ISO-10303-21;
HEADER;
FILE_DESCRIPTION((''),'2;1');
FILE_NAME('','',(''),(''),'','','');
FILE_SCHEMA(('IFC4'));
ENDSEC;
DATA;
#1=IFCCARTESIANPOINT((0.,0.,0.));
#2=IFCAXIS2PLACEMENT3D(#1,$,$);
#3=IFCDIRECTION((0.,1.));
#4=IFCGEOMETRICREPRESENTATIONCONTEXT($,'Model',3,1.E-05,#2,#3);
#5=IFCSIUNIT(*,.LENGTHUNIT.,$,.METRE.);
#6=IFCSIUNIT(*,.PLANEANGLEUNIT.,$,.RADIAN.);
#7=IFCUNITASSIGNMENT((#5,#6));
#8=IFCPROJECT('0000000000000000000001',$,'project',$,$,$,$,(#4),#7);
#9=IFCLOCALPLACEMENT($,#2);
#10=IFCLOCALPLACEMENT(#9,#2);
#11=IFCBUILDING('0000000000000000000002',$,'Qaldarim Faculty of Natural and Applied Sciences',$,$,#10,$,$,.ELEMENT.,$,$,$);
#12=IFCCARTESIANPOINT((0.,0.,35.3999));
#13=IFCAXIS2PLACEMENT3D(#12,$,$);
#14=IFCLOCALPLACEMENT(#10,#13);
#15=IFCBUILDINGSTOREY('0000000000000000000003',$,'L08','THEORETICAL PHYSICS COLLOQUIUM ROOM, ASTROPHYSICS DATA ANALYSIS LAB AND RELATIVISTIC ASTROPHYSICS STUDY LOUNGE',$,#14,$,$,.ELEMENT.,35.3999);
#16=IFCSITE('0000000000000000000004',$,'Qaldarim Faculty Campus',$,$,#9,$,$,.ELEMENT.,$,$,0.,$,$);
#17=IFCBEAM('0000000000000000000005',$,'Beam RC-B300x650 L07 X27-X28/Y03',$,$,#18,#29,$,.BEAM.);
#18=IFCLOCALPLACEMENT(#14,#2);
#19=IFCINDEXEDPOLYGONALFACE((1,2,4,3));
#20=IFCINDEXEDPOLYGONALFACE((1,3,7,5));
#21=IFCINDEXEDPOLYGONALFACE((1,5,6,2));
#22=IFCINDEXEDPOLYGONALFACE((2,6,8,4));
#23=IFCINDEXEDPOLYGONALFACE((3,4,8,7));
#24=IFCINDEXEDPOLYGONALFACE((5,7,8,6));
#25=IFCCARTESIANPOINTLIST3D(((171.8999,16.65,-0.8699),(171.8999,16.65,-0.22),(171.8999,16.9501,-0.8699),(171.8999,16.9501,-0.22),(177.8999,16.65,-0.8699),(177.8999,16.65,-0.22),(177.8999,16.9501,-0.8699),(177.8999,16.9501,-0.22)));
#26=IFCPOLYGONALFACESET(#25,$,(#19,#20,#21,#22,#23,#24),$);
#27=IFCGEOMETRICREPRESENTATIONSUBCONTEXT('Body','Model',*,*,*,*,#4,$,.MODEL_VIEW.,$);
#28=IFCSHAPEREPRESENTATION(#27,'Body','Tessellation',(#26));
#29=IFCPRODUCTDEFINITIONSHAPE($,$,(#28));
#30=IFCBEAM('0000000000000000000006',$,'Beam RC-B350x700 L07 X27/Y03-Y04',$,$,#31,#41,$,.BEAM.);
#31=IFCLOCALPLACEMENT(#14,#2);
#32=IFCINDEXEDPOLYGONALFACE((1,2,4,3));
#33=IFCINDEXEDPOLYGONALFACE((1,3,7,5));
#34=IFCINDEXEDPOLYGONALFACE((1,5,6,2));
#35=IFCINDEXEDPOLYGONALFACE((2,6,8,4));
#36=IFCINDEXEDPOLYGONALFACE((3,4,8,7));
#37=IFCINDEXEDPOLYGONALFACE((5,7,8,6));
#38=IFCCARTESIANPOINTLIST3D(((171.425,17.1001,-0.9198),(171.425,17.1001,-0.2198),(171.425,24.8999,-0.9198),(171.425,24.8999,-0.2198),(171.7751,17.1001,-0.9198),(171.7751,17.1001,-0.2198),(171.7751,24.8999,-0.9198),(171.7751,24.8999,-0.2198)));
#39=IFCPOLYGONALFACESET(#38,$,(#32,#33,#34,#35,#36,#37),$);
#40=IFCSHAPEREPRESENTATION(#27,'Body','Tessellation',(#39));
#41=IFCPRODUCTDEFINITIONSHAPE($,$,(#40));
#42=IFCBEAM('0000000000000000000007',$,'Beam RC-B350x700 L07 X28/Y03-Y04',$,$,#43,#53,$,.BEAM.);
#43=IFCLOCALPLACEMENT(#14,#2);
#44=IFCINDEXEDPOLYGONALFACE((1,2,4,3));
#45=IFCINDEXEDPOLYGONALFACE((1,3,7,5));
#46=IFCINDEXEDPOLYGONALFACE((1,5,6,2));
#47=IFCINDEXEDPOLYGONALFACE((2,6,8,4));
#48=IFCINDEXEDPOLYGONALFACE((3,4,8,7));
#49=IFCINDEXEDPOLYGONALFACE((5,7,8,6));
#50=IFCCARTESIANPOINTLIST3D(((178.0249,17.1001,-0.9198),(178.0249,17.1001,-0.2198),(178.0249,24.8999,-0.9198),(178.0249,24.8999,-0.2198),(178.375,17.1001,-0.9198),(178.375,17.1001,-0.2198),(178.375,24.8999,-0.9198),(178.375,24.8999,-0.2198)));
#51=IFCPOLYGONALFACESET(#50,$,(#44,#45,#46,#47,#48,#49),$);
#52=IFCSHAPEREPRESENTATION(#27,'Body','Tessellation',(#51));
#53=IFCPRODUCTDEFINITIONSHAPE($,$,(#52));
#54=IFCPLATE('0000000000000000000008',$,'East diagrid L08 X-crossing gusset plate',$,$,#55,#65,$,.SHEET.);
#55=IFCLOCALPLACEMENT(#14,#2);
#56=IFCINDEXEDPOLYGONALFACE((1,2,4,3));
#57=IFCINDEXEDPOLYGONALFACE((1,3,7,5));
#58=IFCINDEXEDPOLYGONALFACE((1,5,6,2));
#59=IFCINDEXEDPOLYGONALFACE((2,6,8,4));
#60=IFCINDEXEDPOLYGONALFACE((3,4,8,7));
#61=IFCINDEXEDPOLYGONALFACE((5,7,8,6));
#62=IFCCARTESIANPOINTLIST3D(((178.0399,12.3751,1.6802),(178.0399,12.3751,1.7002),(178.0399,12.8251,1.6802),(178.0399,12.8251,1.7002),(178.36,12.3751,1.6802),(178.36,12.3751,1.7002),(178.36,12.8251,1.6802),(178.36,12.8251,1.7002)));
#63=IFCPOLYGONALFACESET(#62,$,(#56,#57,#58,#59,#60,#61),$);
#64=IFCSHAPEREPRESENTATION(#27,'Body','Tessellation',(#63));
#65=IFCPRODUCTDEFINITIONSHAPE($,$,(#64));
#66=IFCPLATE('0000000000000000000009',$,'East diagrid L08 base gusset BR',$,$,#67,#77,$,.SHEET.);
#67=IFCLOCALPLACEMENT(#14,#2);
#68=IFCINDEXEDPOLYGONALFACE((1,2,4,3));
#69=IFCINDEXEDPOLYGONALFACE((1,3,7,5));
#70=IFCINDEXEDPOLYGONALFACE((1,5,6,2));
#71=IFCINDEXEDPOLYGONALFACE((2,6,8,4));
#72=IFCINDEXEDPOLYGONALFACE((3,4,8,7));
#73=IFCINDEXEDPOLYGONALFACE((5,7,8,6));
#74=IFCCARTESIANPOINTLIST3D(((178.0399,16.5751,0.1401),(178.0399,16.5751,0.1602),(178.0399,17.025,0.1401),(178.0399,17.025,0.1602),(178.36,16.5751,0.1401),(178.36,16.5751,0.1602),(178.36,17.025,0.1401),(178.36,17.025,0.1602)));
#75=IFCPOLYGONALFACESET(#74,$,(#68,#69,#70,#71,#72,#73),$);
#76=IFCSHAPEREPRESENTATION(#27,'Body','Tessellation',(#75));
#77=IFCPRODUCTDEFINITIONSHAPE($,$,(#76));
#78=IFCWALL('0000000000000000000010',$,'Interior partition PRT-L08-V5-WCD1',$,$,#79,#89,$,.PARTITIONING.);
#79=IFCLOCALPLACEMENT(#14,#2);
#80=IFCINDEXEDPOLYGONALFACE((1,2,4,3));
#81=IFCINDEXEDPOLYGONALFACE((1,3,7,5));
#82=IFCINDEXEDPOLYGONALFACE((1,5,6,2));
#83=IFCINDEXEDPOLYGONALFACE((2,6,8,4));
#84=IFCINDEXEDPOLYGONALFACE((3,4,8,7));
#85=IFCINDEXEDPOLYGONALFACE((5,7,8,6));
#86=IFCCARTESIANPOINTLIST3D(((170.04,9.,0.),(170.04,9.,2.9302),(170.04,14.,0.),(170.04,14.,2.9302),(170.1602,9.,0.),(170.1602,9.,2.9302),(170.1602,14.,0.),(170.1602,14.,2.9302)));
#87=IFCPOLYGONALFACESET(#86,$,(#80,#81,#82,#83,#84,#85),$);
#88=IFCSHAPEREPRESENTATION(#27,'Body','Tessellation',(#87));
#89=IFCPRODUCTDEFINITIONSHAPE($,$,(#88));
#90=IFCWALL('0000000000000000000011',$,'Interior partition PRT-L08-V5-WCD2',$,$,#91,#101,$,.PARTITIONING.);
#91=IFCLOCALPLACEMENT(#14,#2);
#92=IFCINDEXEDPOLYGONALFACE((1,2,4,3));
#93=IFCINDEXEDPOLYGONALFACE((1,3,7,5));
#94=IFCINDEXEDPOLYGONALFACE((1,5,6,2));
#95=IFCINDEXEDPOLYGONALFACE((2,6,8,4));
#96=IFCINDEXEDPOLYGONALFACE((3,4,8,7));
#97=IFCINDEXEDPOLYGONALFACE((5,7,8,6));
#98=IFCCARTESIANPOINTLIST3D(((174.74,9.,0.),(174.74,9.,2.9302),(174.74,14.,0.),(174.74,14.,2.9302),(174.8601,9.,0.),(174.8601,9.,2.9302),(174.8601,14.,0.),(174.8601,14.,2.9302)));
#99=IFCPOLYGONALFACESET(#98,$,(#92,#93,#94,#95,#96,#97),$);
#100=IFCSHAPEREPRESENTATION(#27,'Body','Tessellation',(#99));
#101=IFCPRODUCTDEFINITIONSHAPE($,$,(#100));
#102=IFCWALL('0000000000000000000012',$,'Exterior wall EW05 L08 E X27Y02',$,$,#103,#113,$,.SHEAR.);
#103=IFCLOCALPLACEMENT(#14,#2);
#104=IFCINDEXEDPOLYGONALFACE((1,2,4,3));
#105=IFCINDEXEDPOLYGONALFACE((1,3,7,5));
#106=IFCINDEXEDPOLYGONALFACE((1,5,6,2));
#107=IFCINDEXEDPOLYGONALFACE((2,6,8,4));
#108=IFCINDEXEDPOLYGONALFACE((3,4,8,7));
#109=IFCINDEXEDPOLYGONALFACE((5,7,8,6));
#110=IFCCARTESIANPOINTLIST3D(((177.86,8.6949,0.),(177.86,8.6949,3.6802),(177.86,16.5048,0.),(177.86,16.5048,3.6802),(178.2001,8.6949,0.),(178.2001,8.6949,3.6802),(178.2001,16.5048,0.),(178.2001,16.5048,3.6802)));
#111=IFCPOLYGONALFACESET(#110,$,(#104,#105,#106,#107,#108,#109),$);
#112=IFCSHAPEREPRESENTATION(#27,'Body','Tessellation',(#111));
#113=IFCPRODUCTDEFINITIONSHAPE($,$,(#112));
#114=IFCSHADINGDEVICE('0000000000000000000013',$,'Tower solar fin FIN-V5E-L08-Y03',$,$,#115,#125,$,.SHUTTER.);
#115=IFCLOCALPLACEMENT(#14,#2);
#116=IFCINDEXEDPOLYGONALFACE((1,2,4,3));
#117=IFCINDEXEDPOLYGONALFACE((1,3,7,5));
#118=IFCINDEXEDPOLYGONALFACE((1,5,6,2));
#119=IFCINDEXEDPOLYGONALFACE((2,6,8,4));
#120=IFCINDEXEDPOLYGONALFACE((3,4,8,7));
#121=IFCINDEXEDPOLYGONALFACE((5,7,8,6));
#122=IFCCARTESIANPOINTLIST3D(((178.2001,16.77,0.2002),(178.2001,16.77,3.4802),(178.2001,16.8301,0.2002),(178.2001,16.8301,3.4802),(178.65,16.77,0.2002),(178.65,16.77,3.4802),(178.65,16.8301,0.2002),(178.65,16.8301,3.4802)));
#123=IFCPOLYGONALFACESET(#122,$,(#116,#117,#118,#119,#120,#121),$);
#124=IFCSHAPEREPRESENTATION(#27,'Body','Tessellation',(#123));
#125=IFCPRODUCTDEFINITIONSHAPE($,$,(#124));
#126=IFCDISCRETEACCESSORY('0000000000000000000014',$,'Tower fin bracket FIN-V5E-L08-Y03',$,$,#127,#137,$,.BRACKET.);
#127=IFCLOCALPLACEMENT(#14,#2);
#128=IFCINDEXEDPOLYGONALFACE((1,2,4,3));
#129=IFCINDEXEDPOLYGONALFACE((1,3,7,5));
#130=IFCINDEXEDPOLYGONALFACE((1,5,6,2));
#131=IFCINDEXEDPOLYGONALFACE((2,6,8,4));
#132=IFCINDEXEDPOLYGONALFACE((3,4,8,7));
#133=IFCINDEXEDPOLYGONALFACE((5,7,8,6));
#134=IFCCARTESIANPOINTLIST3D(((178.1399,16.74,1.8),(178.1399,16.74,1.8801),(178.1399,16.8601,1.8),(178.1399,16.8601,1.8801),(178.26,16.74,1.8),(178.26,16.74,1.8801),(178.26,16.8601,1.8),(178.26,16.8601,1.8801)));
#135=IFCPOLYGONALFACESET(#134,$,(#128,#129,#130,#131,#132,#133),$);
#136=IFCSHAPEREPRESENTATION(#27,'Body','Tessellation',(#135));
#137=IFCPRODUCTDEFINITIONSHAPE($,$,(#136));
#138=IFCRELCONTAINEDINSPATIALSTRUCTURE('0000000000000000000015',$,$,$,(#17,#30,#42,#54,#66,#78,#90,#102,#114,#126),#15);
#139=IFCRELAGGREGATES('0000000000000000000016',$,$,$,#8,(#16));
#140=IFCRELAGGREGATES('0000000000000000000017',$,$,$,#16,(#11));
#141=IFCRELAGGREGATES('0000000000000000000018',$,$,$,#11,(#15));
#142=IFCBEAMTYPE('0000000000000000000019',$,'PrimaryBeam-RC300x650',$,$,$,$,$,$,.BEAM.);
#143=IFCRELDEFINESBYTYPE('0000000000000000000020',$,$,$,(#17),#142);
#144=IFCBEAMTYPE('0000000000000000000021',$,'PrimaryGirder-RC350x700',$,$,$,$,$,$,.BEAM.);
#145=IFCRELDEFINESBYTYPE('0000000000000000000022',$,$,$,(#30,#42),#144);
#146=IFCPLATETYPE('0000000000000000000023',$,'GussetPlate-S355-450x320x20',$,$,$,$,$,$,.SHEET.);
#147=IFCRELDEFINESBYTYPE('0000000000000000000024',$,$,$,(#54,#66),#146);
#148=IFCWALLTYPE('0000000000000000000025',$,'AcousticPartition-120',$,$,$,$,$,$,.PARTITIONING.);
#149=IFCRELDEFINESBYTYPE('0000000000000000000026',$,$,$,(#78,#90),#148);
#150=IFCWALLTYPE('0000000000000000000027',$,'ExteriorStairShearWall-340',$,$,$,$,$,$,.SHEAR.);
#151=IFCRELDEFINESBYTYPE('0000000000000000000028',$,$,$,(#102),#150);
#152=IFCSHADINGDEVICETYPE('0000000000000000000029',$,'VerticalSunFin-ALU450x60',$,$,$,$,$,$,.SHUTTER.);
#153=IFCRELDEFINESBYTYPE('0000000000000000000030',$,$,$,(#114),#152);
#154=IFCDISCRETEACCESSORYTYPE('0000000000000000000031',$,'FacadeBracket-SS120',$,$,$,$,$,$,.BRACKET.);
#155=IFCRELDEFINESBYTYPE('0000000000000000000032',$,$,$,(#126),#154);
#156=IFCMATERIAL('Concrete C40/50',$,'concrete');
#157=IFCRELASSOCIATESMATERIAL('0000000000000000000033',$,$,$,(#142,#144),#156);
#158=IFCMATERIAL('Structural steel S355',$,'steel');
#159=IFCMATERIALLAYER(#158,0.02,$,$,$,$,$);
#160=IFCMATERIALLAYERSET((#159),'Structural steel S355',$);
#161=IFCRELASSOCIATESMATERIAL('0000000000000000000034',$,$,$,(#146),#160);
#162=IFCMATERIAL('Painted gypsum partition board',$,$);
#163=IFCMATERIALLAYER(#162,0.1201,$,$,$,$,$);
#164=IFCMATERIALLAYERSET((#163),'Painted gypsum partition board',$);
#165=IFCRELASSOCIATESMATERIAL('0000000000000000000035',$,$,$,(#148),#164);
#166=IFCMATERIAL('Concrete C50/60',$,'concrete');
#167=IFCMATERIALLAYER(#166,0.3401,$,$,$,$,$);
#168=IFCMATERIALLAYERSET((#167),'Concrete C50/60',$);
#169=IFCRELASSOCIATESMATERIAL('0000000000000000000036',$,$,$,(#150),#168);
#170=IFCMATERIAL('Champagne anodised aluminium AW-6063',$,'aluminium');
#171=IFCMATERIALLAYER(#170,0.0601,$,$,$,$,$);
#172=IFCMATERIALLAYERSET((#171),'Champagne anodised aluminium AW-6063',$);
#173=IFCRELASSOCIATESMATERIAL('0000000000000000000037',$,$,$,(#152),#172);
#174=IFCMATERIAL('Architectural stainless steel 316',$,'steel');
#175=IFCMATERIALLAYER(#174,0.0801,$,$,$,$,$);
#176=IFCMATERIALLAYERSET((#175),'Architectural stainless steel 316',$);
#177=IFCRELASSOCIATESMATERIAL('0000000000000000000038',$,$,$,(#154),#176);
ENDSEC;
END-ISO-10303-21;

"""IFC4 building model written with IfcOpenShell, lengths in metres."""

from ifc_helpers import new_model, si_unit, direction, frame, frame_2d, origin, origin_2d, place, context, subcontext, project, spatial, rectangle, extrude, material, layer, layer_set, material_profile, profile_set, type_object, element, save


model = new_model("IFC4")

# Units and contexts
model_context = context("Model", 3, precision=1e-05, world=origin(), true_north=direction((0.0, 1.0)))
body_context = subcontext(model_context, "Body", "Model", "MODEL_VIEW")
ifc_project = project(units=[si_unit("LENGTHUNIT", "METRE"), si_unit("PLANEANGLEUNIT", "RADIAN")], contexts=[model_context])

# Site, building, storey
site_placement = place(None, origin())
site = spatial("IfcSite", under=ifc_project, at=site_placement, Name="Qaldarim Faculty Campus", CompositionType="ELEMENT", RefElevation=0.0)
building_placement = place(site_placement, origin())
building = spatial("IfcBuilding", under=site, at=building_placement, Name="Qaldarim Faculty of Natural and Applied Sciences", CompositionType="ELEMENT")
storey_placement = place(building_placement, frame((0.0, 0.0, 35.3999)))
storey = spatial("IfcBuildingStorey", under=building, at=storey_placement, Name="L08", Description="THEORETICAL PHYSICS COLLOQUIUM ROOM, ASTROPHYSICS DATA ANALYSIS LAB AND RELATIVISTIC ASTROPHYSICS STUDY LOUNGE", CompositionType="ELEMENT", Elevation=35.3999)

# Shared definitions
ifc_material_1 = material(Name="Concrete C50/60", Category="concrete")

# Shared definitions
ifc_material_2 = material(Name="Concrete C40/50", Category="concrete")

# Shared definitions
ifc_material_3 = material(Name="Structural steel S355", Category="steel")

# Beams
ifc_material_profile_1 = material_profile(ifc_material_2, rectangle(XDim=0.3, YDim=0.6499, at=origin_2d()), Name="RC-B300x650")
ifc_profile_set_1 = profile_set([ifc_material_profile_1], Name="Concrete C40/50")
beam_type_1 = type_object("IfcBeamType", Name="PrimaryBeam-RC300x650", PredefinedType="BEAM", material=ifc_profile_set_1)
beam_placement = place(storey_placement, frame((171.8999, 16.8, -0.5449), z_axis=(1.0, 0.0, 0.0), x_axis=(0.0, 1.0, 0.0)))
element("IfcBeam", 1, at=beam_placement, inside=storey, type_object=beam_type_1, Name="Beam RC-B300x650 L07 X27-X28/Y03", PredefinedType="BEAM", context=body_context, shape_type="SweptSolid", body=[
    extrude(rectangle(XDim=0.3, YDim=0.6499, at=origin_2d()), origin(), (0.0, 0.0, 1.0), 6.0),
])
ifc_material_profile_2 = material_profile(ifc_material_2, rectangle(XDim=0.3501, YDim=0.7, at=origin_2d()), Name="RC-B350x700")
ifc_profile_set_2 = profile_set([ifc_material_profile_2], Name="Concrete C40/50")
beam_type_2 = type_object("IfcBeamType", Name="PrimaryGirder-RC350x700", PredefinedType="BEAM", material=ifc_profile_set_2)
for number, where, z_axis, x_axis, name in (
    (2, (171.6001, 17.1001, -0.5698), (0.0, 1.0, 0.0), (-1.0, 0.0, 0.0), "Beam RC-B350x700 L07 X27/Y03-Y04"),
    (3, (178.2, 17.1001, -0.5698), (0.0, 1.0, 0.0), (-1.0, 0.0, 0.0), "Beam RC-B350x700 L07 X28/Y03-Y04"),
):
    element("IfcBeam", number, at=place(storey_placement, frame(where, z_axis=z_axis, x_axis=x_axis)), inside=storey, type_object=beam_type_2, Name=name, PredefinedType="BEAM", context=body_context, shape_type="SweptSolid", body=[
        extrude(rectangle(XDim=0.3501, YDim=0.7, at=origin_2d()), origin(), (0.0, 0.0, 1.0), 7.7998),
    ])

# Plates
ifc_layer_1 = layer(ifc_material_3, 0.02)
ifc_layer_set_1 = layer_set([ifc_layer_1], Name="Structural steel S355")
plate_type = type_object("IfcPlateType", Name="GussetPlate-S355-450x320x20", PredefinedType="SHEET", material=ifc_layer_set_1)
for number, where, z_axis, x_axis, name in (
    (4, (178.2, 12.6001, 1.6802), (0.0, 0.0, 1.0), (0.0, 1.0, 0.0), "East diagrid L08 X-crossing gusset plate"),
    (5, (178.2, 16.8, 0.1401), (0.0, 0.0, 1.0), (0.0, 1.0, 0.0), "East diagrid L08 base gusset BR"),
):
    element("IfcPlate", number, at=place(storey_placement, frame(where, z_axis=z_axis, x_axis=x_axis)), inside=storey, type_object=plate_type, Name=name, PredefinedType="SHEET", context=body_context, shape_type="SweptSolid", body=[
        extrude(rectangle(XDim=0.45, YDim=0.3201, at=origin_2d()), origin(), (0.0, 0.0, 1.0), 0.02),
    ])

# Walls
ifc_material_4 = material(Name="Painted gypsum partition board")
ifc_layer_2 = layer(ifc_material_4, 0.1201)
ifc_layer_set_2 = layer_set([ifc_layer_2], Name="Painted gypsum partition board")
wall_type_1 = type_object("IfcWallType", Name="AcousticPartition-120", PredefinedType="PARTITIONING", material=ifc_layer_set_2)
for number, where, z_axis, x_axis, name in (
    (6, (170.1001, 9.0, 0.0), (0.0, 0.0, 1.0), (0.0, 1.0, 0.0), "Interior partition PRT-L08-V5-WCD1"),
    (7, (174.8, 9.0, 0.0), (0.0, 0.0, 1.0), (0.0, 1.0, 0.0), "Interior partition PRT-L08-V5-WCD2"),
):
    element("IfcWall", number, at=place(storey_placement, frame(where, z_axis=z_axis, x_axis=x_axis)), inside=storey, type_object=wall_type_1, Name=name, PredefinedType="PARTITIONING", context=body_context, shape_type="SweptSolid", body=[
        extrude(rectangle(XDim=5.0, YDim=0.1201, at=frame_2d((2.5, 0.0))), origin(), (0.0, 0.0, 1.0), 2.9302),
    ])
ifc_layer_3 = layer(ifc_material_1, 0.3401)
ifc_layer_set_3 = layer_set([ifc_layer_3], Name="Concrete C50/60")
wall_type_2 = type_object("IfcWallType", Name="ExteriorStairShearWall-340", PredefinedType="SHEAR", material=ifc_layer_set_3)
wall_1_placement = place(storey_placement, frame((178.03, 8.6951, 0.0), z_axis=(0.0, 0.0, 1.0), x_axis=(0.0, 1.0, 0.0)))
element("IfcWall", 8, at=wall_1_placement, inside=storey, type_object=wall_type_2, Name="Exterior wall EW05 L08 E X27Y02", PredefinedType="SHEAR", context=body_context, shape_type="SweptSolid", body=[
    extrude(rectangle(XDim=7.8098, YDim=0.3401, at=frame_2d((3.9048, 0.0))), origin(), (0.0, 0.0, 1.0), 3.6802),
])

# Shading device
ifc_material_5 = material(Name="Champagne anodised aluminium AW-6063", Category="aluminium")
ifc_layer_4 = layer(ifc_material_5, 0.0601)
ifc_layer_set_4 = layer_set([ifc_layer_4], Name="Champagne anodised aluminium AW-6063")
shading_device_type = type_object("IfcShadingDeviceType", Name="VerticalSunFin-ALU450x60", PredefinedType="SHUTTER", material=ifc_layer_set_4)
shading_device_placement = place(storey_placement, frame((178.425, 16.8, 0.2002), z_axis=(0.0, 0.0, 1.0), x_axis=(1.0, 0.0, 0.0)))
element("IfcShadingDevice", 9, at=shading_device_placement, inside=storey, type_object=shading_device_type, Name="Tower solar fin FIN-V5E-L08-Y03", PredefinedType="SHUTTER", context=body_context, shape_type="SweptSolid", body=[
    extrude(rectangle(XDim=0.45, YDim=0.0601, at=origin_2d()), origin(), (0.0, 0.0, 1.0), 3.28),
])

# Discrete accessory
ifc_material_6 = material(Name="Architectural stainless steel 316", Category="steel")
ifc_layer_5 = layer(ifc_material_6, 0.0801)
ifc_layer_set_5 = layer_set([ifc_layer_5], Name="Architectural stainless steel 316")
discrete_accessory_type = type_object("IfcDiscreteAccessoryType", Name="FacadeBracket-SS120", PredefinedType="BRACKET", material=ifc_layer_set_5)
discrete_accessory_placement = place(storey_placement, frame((178.2, 16.8, 1.8), z_axis=(0.0, 0.0, 1.0), x_axis=(1.0, 0.0, 0.0)))
element("IfcDiscreteAccessory", 10, at=discrete_accessory_placement, inside=storey, type_object=discrete_accessory_type, Name="Tower fin bracket FIN-V5E-L08-Y03", PredefinedType="BRACKET", context=body_context, shape_type="SweptSolid", body=[
    extrude(rectangle(XDim=0.1201, YDim=0.1201, at=origin_2d()), origin(), (0.0, 0.0, 1.0), 0.0801),
])

save(model, "model.ifc")
